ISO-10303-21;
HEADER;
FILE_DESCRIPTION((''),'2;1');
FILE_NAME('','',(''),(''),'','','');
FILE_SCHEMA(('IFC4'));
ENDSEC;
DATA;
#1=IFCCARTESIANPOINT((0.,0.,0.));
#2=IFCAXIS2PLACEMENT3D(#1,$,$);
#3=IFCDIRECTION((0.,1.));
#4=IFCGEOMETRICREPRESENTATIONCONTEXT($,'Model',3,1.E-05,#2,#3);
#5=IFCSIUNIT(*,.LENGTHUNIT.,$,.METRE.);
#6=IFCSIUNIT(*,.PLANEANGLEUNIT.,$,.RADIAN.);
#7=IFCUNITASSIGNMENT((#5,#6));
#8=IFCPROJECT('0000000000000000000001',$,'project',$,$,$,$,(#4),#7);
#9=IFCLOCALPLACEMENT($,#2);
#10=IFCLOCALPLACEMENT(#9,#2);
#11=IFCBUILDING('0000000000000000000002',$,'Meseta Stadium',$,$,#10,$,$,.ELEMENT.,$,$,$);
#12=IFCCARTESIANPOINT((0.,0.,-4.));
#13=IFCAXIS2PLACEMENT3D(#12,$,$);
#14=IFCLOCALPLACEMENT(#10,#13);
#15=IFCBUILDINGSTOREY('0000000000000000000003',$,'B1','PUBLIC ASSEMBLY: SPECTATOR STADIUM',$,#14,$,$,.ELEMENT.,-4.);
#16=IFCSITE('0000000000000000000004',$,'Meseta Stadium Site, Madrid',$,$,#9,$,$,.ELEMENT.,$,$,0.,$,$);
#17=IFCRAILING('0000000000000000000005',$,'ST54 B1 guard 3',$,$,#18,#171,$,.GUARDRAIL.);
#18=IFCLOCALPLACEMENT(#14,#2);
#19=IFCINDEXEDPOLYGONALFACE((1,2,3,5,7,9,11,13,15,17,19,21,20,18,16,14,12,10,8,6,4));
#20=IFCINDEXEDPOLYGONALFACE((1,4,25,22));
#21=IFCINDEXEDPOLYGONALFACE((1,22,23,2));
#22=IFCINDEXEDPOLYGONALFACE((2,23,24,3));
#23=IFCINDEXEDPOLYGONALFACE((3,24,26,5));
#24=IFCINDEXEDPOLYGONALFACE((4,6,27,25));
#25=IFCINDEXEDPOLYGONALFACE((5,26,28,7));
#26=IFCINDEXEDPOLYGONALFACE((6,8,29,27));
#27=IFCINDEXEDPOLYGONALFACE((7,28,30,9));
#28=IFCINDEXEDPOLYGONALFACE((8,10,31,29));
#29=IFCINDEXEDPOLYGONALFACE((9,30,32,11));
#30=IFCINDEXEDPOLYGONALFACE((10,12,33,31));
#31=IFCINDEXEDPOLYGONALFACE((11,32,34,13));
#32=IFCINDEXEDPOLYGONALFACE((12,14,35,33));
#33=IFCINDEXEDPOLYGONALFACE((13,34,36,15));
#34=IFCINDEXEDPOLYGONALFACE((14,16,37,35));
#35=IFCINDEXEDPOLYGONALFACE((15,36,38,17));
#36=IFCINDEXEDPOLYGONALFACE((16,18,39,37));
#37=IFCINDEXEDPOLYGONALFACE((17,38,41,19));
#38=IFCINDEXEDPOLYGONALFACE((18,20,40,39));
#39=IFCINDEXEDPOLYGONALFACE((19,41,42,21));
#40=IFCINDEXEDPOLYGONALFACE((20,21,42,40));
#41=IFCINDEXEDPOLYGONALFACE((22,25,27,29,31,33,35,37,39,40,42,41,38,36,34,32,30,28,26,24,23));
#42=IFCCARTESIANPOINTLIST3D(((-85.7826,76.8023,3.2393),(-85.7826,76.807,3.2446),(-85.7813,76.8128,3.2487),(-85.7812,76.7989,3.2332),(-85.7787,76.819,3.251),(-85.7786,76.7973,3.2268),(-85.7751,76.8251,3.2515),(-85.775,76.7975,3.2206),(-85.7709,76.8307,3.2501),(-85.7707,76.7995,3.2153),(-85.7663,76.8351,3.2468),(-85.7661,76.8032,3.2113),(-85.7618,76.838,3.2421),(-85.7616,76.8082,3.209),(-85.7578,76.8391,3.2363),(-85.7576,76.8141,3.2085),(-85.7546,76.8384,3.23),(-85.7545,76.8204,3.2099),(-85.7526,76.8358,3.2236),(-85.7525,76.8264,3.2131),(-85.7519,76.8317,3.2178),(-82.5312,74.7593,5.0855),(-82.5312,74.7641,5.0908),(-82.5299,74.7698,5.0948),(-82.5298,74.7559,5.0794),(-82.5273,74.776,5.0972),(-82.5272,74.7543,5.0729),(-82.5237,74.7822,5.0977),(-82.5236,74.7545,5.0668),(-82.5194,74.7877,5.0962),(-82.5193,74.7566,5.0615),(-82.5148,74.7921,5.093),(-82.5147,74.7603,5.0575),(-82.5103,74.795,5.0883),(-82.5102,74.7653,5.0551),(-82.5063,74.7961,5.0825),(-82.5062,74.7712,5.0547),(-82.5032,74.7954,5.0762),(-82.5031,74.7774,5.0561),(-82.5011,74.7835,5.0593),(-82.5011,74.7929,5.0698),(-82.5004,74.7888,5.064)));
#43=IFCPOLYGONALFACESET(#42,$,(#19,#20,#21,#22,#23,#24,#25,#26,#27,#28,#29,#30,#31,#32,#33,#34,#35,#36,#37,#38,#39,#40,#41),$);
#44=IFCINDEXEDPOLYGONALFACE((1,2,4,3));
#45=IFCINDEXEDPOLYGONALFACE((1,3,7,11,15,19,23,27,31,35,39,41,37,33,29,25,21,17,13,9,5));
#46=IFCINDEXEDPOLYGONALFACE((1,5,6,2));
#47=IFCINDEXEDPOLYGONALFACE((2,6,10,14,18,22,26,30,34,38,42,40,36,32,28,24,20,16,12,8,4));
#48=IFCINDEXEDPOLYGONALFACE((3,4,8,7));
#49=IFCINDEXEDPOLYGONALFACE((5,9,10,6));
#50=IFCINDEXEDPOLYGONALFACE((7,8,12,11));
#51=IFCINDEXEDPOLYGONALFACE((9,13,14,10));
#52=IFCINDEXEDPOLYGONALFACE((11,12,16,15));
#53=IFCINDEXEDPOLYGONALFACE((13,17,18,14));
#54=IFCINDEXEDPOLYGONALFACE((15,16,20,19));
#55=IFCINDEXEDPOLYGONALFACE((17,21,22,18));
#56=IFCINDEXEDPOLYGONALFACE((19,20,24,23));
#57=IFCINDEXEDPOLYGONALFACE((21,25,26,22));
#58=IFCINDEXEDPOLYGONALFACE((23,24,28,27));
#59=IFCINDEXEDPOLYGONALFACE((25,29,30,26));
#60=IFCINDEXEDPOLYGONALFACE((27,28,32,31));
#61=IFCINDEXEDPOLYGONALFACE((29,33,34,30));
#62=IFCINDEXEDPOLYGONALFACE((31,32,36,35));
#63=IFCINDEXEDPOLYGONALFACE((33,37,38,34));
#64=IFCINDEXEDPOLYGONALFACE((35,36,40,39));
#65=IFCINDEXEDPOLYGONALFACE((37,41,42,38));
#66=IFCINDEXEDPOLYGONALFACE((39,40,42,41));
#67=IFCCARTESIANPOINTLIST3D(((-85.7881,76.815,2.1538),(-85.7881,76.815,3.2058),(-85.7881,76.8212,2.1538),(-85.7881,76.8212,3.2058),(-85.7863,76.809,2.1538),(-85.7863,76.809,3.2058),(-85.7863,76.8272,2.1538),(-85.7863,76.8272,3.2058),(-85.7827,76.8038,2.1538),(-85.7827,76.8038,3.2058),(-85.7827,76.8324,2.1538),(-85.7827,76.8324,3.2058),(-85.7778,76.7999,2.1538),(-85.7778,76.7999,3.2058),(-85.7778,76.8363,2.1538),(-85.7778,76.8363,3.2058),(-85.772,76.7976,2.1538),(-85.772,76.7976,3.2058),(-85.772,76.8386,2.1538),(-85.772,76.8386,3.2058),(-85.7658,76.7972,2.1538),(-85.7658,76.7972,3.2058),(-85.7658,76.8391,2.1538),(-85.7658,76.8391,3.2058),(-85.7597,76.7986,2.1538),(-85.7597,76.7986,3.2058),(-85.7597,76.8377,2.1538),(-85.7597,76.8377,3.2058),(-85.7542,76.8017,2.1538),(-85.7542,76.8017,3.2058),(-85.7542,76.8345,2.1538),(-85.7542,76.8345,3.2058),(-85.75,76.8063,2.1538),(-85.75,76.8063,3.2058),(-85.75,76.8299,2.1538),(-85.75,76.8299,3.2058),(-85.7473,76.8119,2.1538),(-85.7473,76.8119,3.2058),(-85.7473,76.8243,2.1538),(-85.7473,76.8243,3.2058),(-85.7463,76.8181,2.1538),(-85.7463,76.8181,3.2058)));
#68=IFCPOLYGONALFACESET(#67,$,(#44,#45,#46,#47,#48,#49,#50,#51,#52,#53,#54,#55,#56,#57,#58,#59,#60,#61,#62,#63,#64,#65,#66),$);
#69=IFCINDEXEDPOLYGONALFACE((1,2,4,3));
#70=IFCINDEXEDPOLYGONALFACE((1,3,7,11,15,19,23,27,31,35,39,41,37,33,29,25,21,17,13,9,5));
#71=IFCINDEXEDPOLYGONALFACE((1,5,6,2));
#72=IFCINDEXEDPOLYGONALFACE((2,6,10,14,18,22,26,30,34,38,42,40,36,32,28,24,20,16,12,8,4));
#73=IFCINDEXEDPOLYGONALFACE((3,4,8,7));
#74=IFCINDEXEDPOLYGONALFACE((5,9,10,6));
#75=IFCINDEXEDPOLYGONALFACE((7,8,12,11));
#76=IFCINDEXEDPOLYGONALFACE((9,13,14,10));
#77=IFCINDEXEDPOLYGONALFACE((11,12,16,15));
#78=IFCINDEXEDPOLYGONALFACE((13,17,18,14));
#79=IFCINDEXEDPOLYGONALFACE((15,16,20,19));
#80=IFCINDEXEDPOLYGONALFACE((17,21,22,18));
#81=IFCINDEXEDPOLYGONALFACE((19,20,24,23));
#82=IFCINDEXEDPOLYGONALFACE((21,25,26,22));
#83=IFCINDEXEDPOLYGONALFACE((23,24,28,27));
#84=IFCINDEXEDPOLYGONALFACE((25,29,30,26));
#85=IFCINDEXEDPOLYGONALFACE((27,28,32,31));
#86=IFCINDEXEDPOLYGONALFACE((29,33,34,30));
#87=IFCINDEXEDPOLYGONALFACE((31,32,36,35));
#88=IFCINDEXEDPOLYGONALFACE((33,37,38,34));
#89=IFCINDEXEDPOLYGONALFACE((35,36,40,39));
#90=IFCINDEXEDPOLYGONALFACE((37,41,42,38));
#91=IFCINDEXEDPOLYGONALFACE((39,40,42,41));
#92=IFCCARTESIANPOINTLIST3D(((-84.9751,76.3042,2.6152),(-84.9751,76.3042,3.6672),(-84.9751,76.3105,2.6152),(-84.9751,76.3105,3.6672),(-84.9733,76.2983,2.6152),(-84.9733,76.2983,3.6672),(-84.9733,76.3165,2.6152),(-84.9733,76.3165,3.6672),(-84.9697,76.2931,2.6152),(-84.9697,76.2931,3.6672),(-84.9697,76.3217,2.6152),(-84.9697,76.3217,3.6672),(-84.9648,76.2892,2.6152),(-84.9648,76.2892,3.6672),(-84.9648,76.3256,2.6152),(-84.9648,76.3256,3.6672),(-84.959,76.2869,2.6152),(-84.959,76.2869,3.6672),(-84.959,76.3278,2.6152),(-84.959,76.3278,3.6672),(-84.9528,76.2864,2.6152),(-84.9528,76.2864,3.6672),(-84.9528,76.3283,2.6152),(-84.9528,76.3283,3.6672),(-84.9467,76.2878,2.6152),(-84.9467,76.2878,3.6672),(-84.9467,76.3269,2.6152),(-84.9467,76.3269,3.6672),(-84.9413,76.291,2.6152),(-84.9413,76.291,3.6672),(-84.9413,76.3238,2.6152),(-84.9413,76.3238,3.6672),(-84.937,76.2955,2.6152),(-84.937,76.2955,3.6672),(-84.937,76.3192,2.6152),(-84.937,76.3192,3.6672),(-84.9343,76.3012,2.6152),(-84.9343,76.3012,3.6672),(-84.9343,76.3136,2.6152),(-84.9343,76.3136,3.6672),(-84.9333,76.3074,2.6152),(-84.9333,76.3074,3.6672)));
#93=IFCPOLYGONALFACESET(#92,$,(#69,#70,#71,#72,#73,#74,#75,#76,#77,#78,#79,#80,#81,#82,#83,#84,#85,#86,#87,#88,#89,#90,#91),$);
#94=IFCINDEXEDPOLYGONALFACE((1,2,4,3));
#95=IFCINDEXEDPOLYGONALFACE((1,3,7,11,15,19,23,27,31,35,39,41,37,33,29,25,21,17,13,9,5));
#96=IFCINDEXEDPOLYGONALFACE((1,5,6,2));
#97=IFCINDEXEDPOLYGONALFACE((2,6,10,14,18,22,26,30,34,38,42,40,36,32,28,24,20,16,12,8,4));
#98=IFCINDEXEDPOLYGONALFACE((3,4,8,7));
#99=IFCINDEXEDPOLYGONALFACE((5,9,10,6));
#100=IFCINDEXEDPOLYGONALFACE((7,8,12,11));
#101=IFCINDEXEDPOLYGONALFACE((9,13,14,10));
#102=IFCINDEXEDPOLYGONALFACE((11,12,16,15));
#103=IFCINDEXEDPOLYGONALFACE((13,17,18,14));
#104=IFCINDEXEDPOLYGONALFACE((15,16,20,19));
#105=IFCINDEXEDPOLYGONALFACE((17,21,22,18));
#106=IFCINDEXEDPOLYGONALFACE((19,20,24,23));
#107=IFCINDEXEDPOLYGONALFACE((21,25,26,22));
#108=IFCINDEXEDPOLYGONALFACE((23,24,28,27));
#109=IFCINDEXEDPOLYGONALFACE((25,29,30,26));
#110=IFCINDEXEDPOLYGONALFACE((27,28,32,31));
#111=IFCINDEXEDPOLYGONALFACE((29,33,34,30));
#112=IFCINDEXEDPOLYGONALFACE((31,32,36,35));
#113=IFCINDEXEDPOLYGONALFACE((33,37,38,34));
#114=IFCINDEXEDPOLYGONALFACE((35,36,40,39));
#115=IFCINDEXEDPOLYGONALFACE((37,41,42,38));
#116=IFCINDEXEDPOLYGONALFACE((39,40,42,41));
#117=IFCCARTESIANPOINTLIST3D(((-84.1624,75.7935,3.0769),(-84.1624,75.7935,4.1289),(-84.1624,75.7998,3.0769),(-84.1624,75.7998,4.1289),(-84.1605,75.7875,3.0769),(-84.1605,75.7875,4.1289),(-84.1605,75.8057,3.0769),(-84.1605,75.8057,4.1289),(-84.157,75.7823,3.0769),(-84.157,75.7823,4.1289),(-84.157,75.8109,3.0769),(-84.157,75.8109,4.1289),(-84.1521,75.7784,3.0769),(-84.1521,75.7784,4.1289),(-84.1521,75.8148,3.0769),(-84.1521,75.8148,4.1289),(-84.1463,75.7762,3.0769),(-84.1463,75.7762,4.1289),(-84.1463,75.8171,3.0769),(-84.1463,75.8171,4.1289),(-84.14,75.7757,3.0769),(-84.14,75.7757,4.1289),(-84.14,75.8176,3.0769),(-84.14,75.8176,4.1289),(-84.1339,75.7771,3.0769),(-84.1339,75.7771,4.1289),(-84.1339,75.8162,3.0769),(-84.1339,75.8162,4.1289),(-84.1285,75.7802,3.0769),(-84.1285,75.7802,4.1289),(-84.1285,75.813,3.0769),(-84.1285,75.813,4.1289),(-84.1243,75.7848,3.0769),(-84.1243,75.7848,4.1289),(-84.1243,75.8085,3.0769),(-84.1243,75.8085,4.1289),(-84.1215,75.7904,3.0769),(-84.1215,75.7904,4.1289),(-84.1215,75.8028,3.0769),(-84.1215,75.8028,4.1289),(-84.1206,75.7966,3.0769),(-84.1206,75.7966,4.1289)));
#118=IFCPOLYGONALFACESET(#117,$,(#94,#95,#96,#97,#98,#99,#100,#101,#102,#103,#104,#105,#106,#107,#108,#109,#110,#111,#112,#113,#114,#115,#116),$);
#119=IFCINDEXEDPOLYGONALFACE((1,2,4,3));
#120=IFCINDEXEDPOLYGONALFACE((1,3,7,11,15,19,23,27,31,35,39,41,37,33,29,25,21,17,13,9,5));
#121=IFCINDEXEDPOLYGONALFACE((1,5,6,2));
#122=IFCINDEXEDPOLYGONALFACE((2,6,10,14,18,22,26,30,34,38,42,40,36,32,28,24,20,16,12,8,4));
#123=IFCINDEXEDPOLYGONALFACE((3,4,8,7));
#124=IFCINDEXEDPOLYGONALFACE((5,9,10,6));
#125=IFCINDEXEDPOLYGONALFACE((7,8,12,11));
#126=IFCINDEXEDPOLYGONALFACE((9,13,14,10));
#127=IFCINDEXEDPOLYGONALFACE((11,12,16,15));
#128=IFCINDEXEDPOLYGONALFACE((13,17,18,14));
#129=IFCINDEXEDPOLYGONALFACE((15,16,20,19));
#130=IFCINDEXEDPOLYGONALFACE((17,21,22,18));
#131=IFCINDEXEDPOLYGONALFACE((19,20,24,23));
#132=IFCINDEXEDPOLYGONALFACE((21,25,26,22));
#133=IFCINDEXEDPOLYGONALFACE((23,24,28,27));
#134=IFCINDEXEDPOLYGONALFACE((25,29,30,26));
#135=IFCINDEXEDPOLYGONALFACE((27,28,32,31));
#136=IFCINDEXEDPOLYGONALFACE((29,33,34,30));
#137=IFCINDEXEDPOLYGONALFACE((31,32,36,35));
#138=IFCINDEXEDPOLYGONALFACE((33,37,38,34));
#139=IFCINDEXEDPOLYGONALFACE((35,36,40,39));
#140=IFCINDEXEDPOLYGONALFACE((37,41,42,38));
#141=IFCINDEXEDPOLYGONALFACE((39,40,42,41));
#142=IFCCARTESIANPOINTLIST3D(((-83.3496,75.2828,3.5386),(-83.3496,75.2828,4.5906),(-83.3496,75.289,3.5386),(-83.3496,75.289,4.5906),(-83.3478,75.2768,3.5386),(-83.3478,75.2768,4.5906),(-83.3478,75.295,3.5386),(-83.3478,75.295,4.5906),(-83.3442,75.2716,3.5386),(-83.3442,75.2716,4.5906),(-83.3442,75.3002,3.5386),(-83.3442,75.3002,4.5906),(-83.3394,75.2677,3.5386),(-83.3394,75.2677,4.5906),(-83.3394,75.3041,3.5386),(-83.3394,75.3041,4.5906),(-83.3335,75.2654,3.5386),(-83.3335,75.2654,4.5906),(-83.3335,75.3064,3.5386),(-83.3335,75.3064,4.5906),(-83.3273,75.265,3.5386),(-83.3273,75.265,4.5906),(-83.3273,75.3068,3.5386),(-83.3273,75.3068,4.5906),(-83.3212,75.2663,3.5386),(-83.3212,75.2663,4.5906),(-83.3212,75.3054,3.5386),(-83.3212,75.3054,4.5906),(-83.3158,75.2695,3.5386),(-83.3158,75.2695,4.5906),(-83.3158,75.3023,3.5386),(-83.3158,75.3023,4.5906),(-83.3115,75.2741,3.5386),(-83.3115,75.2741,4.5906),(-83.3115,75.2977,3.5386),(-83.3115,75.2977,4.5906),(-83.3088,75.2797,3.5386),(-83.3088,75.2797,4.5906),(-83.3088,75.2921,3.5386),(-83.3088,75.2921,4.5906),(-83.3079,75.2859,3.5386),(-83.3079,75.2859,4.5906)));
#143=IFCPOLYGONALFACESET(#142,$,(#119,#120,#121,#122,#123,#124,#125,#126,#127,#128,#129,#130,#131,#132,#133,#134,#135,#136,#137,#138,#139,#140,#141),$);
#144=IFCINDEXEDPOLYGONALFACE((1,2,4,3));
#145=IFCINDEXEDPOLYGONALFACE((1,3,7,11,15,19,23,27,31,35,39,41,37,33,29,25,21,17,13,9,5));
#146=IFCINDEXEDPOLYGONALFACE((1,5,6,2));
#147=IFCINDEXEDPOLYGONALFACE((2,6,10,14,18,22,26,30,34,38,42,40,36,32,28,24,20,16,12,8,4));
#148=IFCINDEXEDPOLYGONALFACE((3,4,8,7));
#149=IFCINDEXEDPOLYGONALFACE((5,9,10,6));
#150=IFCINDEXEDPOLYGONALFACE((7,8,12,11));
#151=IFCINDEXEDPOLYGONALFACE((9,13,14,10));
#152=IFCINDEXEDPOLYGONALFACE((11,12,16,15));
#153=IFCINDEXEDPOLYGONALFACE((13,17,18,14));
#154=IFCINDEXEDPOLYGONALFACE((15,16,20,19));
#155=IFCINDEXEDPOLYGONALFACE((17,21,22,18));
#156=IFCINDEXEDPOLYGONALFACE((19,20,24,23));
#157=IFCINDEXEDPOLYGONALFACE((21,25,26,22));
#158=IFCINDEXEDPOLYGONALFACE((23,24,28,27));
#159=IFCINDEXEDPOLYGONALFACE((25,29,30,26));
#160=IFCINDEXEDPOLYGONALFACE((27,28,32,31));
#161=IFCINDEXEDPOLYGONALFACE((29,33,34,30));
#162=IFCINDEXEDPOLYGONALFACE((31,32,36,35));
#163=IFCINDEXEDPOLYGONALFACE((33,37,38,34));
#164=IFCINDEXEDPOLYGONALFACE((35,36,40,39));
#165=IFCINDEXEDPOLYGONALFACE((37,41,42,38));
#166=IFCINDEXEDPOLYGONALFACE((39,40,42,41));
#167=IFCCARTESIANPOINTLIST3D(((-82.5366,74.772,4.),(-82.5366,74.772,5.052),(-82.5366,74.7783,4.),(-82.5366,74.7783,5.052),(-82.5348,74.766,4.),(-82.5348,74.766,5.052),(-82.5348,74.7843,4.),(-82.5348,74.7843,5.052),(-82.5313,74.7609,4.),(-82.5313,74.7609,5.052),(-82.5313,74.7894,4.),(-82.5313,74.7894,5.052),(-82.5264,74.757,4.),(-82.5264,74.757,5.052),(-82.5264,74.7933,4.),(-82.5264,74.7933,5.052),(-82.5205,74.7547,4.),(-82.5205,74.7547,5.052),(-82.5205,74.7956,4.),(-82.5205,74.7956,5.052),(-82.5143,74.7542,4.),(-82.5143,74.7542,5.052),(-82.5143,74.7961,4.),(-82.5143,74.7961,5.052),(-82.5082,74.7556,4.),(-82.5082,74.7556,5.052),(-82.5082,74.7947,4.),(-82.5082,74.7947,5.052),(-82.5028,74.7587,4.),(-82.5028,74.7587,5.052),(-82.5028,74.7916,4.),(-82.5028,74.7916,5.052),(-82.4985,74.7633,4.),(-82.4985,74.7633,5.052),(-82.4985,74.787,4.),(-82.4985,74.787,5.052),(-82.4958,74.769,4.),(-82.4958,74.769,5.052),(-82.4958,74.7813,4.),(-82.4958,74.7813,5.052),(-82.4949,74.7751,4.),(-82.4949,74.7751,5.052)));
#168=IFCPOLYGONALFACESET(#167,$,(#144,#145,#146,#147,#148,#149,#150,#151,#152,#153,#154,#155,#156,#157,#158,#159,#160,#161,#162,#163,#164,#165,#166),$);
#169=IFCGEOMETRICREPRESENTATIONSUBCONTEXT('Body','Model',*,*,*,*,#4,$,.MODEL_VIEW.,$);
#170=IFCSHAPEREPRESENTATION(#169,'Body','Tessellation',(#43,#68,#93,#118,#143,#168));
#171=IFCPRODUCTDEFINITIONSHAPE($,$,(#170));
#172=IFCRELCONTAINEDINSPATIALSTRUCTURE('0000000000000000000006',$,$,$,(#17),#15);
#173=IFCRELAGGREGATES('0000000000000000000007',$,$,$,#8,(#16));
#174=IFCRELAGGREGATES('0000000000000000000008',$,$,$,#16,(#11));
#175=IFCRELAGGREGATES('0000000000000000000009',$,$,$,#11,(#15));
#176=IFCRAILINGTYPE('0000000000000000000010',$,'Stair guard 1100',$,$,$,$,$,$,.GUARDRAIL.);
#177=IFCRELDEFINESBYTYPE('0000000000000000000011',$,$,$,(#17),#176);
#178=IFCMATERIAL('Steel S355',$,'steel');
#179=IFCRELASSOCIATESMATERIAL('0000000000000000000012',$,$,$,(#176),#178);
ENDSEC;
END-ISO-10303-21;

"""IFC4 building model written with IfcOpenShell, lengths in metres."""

from ifc_helpers import new_model, si_unit, direction, frame, origin, origin_2d, place, context, subcontext, project, spatial, circle, extrude, material, type_object, element, save


model = new_model("IFC4")

# Units and contexts
model_context = context("Model", 3, precision=1e-05, world=origin(), true_north=direction((0.0, 1.0)))
body_context = subcontext(model_context, "Body", "Model", "MODEL_VIEW")
ifc_project = project(units=[si_unit("LENGTHUNIT", "METRE"), si_unit("PLANEANGLEUNIT", "RADIAN")], contexts=[model_context])

# Site, building, storey
site_placement = place(None, origin())
site = spatial("IfcSite", under=ifc_project, at=site_placement, Name="Meseta Stadium Site, Madrid", CompositionType="ELEMENT", RefElevation=0.0)
building_placement = place(site_placement, origin())
building = spatial("IfcBuilding", under=site, at=building_placement, Name="Meseta Stadium", CompositionType="ELEMENT")
storey_placement = place(building_placement, frame((0.0, 0.0, -4.0)))
storey = spatial("IfcBuildingStorey", under=building, at=storey_placement, Name="B1", Description="PUBLIC ASSEMBLY: SPECTATOR STADIUM", CompositionType="ELEMENT", Elevation=-4.0)

# Railing
ifc_material_1 = material(Name="Steel S355", Category="steel")
railing_type_1 = type_object("IfcRailingType", Name="Stair guard 1100", PredefinedType="GUARDRAIL", material=ifc_material_1)
railing_1_placement = place(storey_placement, frame((-85.7673, 76.8181, 2.1538)))
element("IfcRailing", 1, at=railing_1_placement, inside=storey, type_object=railing_type_1, Name="ST54 B1 guard 3", PredefinedType="GUARDRAIL", context=body_context, shape_type="SweptSolid", body=[
    extrude(circle(Radius=0.0239, at=origin_2d()), frame((0.0, 0.0, 1.0762), z_axis=(0.763117, -0.479483, 0.4333), x_axis=(0.53202, 0.846731, 0.0)), (0.0, 0.0, 1.0), 4.2607),
    extrude(circle(Radius=0.021, at=origin_2d()), origin(), (0.0, 0.0, 1.0), 1.052),
    extrude(circle(Radius=0.021, at=origin_2d()), frame((0.813, -0.5107, 0.4614)), (0.0, 0.0, 1.0), 1.052),
    extrude(circle(Radius=0.021, at=origin_2d()), frame((1.6257, -1.0215, 0.9231)), (0.0, 0.0, 1.0), 1.052),
    extrude(circle(Radius=0.021, at=origin_2d()), frame((2.4385, -1.5322, 1.3848)), (0.0, 0.0, 1.0), 1.052),
    extrude(circle(Radius=0.021, at=origin_2d()), frame((3.2515, -2.043, 1.8462)), (0.0, 0.0, 1.0), 1.052),
])

save(model, "model.ifc")
